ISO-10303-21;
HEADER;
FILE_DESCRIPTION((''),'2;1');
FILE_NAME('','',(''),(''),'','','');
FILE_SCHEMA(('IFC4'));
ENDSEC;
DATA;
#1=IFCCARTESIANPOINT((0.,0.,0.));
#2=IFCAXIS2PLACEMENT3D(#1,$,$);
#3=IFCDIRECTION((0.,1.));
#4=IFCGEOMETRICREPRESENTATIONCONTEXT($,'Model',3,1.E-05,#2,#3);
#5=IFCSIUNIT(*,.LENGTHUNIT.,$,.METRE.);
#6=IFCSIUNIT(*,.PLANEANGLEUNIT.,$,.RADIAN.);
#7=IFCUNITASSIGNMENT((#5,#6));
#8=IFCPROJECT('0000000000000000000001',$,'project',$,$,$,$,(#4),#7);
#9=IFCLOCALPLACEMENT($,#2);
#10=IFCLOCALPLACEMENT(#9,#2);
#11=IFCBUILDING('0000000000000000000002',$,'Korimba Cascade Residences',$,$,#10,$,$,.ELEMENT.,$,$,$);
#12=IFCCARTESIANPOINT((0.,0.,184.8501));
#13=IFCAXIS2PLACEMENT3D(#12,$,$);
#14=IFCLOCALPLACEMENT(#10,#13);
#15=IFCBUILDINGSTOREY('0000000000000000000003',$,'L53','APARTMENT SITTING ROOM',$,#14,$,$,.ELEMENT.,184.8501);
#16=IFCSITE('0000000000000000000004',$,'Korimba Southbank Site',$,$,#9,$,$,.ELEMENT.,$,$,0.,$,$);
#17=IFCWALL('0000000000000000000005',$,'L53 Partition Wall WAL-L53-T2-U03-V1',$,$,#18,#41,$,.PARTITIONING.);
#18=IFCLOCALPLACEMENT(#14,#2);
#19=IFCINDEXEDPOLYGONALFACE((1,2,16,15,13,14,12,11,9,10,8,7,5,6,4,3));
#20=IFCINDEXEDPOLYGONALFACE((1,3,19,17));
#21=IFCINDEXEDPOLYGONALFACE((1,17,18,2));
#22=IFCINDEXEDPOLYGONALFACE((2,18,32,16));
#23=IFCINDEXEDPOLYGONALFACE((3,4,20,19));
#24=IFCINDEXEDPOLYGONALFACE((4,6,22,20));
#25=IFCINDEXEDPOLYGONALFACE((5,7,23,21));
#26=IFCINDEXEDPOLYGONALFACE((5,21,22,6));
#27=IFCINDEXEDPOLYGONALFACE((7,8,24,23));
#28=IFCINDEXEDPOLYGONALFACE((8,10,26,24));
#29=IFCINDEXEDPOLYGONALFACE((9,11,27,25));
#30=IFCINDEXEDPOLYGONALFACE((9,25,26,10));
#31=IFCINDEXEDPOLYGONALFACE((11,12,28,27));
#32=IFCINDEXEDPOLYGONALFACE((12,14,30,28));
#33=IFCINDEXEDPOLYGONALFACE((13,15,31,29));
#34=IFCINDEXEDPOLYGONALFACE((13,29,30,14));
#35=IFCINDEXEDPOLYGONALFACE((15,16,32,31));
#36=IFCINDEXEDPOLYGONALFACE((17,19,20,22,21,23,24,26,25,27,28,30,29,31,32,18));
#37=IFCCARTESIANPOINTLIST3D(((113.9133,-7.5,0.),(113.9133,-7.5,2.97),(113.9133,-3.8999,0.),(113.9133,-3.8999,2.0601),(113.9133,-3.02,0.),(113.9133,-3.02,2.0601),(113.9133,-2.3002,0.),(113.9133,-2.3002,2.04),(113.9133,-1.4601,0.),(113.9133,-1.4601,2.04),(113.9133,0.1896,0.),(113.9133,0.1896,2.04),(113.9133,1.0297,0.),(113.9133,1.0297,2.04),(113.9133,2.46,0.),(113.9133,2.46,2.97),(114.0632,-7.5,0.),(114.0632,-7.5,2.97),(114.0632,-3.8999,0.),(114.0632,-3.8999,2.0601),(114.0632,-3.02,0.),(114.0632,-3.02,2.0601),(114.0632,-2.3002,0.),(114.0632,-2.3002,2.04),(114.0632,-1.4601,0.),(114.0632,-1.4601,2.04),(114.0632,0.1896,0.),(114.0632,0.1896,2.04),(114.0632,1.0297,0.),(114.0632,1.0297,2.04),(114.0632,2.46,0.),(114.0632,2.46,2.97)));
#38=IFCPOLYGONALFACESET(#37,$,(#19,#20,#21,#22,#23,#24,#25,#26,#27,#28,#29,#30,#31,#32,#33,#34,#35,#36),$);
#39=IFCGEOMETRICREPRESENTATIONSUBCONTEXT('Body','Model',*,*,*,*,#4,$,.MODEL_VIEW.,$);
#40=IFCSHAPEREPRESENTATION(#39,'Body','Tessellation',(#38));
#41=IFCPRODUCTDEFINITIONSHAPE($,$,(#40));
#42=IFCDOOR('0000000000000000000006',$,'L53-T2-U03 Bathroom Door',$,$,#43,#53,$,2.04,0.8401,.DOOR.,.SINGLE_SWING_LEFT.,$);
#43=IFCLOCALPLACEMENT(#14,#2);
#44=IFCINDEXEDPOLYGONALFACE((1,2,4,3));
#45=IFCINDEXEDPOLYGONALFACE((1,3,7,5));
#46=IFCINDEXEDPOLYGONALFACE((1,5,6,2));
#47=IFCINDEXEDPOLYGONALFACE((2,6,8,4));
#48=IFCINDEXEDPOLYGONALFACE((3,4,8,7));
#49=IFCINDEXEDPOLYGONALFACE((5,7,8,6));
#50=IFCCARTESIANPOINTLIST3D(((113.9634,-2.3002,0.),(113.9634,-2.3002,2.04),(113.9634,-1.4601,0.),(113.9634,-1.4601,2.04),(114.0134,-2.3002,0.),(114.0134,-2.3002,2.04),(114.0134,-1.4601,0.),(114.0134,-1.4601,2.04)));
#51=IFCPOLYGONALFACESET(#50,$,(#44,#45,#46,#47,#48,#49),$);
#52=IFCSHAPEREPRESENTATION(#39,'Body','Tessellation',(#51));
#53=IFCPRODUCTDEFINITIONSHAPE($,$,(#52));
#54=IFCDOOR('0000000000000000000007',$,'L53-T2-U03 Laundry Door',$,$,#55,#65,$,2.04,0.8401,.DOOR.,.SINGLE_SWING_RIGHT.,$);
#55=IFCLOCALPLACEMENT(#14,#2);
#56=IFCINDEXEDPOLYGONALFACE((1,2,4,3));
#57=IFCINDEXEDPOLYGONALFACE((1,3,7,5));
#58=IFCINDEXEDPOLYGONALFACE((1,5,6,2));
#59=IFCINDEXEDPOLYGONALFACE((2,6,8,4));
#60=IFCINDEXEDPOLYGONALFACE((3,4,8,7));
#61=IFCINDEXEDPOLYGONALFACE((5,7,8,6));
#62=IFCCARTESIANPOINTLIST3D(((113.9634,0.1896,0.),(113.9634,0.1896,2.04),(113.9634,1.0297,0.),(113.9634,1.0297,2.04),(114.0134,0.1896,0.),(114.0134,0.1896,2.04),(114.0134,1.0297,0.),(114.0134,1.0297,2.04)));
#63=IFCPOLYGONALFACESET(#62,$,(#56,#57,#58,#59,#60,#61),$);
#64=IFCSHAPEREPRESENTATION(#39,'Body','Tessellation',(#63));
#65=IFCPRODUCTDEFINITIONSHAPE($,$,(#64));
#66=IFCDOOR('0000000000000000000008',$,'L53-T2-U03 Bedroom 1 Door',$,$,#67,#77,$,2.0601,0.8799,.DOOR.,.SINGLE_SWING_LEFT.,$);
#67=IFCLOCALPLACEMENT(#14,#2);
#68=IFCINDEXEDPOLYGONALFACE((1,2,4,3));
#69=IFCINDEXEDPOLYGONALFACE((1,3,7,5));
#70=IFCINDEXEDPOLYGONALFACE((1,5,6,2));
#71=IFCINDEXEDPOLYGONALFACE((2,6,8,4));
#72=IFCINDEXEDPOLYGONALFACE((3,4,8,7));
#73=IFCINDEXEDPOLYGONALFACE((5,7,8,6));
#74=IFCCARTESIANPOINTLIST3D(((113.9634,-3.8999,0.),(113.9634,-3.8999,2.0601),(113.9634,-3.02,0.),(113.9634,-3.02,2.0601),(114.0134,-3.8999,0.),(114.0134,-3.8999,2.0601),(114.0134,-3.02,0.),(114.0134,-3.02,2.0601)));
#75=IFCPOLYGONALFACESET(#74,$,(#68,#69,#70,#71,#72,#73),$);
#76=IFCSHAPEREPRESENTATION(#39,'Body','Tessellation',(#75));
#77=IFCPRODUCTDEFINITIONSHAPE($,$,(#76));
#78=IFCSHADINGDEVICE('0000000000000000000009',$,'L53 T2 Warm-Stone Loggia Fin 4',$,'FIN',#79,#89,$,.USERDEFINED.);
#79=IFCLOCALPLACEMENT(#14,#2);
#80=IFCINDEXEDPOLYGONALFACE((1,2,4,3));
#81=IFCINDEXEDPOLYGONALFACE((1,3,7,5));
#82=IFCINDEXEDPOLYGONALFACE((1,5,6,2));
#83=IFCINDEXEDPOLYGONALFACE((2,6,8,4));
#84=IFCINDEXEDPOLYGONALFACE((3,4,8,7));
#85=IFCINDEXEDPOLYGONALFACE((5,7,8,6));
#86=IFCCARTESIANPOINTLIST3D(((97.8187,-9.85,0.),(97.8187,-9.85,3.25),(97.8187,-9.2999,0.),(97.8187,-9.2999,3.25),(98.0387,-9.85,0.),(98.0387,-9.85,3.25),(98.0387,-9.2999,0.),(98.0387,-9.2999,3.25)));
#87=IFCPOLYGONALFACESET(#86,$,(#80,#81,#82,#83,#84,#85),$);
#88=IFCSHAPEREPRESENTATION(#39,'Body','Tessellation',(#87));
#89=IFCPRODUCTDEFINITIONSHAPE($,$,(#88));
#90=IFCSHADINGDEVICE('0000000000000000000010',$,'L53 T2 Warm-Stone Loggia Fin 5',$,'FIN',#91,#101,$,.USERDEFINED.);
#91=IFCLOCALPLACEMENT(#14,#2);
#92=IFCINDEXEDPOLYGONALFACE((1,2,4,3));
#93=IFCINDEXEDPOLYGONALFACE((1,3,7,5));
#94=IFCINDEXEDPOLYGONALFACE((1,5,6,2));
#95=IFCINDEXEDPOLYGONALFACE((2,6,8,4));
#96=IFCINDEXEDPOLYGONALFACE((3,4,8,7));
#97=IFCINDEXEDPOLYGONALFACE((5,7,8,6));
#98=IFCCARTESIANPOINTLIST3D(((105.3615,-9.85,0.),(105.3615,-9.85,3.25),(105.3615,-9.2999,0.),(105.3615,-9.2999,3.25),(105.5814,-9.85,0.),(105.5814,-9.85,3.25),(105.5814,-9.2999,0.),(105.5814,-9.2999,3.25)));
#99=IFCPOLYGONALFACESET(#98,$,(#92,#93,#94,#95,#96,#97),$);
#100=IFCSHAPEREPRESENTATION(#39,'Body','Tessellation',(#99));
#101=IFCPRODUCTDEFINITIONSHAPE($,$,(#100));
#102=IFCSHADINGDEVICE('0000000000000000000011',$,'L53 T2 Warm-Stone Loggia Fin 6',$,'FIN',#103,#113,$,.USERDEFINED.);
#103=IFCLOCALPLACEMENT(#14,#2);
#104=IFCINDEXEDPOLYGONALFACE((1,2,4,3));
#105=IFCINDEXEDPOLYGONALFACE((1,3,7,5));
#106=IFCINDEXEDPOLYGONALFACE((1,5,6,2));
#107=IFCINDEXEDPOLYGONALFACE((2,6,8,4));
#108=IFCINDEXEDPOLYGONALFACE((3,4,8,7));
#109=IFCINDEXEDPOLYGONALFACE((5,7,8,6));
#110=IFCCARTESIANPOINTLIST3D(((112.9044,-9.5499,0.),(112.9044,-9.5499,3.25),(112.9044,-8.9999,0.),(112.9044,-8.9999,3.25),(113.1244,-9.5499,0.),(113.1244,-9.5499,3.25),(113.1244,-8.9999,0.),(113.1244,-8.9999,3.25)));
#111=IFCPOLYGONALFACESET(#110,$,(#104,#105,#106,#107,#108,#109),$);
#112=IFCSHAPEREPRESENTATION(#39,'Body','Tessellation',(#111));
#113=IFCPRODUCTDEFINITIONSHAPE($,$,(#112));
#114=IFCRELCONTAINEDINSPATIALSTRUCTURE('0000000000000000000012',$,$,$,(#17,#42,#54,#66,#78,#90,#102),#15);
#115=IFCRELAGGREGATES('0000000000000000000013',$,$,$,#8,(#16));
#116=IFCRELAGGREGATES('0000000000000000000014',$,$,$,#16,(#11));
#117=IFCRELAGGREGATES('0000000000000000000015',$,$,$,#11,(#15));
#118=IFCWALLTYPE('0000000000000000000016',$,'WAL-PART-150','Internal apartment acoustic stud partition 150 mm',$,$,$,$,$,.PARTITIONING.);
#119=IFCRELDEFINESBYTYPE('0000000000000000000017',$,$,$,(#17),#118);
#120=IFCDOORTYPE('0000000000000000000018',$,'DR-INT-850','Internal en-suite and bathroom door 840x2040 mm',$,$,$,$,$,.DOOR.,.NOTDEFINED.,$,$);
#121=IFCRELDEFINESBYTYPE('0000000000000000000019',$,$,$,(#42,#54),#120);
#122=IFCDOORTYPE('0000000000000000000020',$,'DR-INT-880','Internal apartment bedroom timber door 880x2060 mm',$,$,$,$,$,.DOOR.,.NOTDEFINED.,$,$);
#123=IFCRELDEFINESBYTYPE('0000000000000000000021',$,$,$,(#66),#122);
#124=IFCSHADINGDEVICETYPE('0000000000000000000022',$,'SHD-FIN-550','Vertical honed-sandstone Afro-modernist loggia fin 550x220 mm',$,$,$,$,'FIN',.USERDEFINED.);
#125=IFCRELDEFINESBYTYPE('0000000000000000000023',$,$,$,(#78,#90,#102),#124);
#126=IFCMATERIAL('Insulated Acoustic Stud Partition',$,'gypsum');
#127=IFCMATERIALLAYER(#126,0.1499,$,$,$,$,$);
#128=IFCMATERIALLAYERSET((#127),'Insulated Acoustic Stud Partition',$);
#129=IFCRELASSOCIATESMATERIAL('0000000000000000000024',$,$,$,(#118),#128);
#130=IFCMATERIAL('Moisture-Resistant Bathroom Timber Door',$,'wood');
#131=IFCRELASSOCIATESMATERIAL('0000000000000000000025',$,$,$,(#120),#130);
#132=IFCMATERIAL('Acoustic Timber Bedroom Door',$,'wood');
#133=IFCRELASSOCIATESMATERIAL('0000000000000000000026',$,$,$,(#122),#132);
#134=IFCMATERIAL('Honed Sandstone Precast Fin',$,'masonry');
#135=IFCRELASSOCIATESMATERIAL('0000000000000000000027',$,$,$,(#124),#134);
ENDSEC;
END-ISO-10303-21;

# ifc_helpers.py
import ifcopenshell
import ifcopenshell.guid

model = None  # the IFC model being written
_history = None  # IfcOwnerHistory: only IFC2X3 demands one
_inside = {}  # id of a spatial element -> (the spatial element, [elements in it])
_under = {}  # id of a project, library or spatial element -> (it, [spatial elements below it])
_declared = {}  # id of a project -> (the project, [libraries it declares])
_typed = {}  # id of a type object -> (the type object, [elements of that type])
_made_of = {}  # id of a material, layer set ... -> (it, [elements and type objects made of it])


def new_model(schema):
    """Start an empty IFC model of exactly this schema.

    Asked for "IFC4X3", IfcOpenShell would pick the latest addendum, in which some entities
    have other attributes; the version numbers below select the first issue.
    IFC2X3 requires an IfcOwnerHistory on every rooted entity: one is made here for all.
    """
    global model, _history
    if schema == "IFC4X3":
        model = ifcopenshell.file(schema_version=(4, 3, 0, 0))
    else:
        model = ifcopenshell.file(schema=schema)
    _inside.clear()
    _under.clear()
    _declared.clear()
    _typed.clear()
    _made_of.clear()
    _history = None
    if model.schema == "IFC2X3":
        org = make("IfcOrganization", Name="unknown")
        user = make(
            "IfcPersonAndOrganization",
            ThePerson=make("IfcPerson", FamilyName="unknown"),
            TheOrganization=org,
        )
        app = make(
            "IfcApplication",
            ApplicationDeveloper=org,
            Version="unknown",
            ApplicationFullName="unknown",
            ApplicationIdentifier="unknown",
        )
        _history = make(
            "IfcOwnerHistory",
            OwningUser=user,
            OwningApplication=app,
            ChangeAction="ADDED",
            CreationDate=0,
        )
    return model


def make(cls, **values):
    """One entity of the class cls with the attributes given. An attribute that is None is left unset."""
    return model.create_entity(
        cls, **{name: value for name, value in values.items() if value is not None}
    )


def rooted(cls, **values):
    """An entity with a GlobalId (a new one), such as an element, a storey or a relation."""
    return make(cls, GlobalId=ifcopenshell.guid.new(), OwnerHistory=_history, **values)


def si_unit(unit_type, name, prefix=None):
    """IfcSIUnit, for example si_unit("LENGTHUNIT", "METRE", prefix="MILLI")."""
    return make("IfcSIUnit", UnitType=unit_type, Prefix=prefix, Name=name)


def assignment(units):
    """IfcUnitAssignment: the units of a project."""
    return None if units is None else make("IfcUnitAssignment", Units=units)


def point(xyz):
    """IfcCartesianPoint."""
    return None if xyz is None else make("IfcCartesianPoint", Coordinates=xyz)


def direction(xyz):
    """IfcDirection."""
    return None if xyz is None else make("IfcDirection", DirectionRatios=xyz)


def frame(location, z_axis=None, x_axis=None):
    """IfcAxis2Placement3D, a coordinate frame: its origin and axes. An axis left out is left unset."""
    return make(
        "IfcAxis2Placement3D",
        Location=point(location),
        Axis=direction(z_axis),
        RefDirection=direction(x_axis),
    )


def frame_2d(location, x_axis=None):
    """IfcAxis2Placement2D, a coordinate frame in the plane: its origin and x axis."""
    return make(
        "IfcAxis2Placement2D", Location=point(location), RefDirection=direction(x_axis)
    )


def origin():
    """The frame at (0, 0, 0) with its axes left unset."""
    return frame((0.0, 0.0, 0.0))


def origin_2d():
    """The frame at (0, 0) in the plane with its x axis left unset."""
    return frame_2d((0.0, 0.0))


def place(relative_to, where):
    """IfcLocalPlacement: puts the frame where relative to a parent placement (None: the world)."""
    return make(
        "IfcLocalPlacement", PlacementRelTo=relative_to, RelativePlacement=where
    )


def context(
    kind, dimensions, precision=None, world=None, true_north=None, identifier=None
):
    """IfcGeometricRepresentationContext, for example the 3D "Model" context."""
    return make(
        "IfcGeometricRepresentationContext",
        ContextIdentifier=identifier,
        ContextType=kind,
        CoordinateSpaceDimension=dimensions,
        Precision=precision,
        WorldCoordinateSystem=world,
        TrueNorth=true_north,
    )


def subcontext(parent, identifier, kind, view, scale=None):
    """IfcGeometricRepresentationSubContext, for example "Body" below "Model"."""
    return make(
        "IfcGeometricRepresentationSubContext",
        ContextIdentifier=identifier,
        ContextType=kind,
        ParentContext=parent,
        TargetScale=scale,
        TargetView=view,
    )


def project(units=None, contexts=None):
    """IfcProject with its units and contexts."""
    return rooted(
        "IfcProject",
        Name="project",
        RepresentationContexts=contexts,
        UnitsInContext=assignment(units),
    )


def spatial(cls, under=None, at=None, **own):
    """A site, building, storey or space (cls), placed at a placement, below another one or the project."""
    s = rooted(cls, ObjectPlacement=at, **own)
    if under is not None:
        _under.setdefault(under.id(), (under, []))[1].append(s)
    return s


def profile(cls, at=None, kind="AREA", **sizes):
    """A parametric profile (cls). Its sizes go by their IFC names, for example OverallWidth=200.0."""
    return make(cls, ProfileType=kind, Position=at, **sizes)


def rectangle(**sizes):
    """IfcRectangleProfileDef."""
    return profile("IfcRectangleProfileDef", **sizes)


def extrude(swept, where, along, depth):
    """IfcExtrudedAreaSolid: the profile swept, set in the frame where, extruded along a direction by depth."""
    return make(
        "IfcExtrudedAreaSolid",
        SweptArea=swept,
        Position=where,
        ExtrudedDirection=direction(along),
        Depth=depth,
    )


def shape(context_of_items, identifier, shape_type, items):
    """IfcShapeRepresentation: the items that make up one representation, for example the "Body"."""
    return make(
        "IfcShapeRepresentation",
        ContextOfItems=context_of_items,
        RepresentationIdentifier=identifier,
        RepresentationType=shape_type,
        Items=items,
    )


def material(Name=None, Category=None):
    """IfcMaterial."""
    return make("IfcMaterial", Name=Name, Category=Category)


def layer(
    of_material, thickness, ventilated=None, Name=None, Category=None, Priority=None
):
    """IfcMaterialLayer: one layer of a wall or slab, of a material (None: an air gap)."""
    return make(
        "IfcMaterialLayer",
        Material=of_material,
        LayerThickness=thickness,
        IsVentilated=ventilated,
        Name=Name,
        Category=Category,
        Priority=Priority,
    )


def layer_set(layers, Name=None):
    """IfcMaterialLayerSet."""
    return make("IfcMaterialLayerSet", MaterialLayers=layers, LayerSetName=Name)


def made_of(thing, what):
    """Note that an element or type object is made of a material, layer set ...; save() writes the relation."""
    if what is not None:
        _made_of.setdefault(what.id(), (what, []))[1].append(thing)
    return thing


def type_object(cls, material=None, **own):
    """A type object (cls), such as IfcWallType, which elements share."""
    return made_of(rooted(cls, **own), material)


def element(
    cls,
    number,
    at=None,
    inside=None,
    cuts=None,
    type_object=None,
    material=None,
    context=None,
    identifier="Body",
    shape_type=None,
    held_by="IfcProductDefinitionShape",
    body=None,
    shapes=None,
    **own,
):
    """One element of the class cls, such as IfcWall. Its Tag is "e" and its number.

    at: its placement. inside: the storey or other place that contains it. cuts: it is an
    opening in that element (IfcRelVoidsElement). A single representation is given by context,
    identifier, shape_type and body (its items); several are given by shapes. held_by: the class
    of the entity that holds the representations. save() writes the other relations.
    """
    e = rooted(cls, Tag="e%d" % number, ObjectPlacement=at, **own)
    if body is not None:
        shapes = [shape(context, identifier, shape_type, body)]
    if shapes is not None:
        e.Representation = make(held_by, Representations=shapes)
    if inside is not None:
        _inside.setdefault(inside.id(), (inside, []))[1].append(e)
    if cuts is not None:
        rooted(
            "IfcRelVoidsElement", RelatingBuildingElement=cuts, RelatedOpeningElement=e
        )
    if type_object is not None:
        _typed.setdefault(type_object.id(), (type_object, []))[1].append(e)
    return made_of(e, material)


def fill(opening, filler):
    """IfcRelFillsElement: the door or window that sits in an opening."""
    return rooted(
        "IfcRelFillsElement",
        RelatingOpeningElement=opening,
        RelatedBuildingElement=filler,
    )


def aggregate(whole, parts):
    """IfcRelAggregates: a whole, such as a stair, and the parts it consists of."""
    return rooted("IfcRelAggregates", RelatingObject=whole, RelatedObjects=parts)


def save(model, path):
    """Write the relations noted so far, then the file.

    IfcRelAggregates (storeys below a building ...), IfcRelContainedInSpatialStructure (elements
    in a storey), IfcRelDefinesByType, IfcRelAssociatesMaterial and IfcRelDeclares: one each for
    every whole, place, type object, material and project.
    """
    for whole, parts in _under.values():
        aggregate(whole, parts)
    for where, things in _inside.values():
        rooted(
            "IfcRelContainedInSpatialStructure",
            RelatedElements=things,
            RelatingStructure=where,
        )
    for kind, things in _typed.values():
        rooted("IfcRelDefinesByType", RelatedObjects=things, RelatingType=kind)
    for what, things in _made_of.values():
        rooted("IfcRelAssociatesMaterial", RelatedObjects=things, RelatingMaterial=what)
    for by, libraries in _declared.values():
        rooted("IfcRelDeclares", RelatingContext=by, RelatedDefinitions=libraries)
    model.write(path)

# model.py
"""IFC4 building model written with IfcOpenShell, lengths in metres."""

from ifc_helpers import new_model, si_unit, direction, frame, frame_2d, origin, origin_2d, place, context, subcontext, project, spatial, rectangle, extrude, material, layer, layer_set, type_object, element, fill, save


model = new_model("IFC4")

# Units and contexts
model_context = context("Model", 3, precision=1e-05, world=origin(), true_north=direction((0.0, 1.0)))
body_context = subcontext(model_context, "Body", "Model", "MODEL_VIEW")
ifc_project = project(units=[si_unit("LENGTHUNIT", "METRE"), si_unit("PLANEANGLEUNIT", "RADIAN")], contexts=[model_context])

# Site, building, storey
site_placement = place(None, origin())
site = spatial("IfcSite", under=ifc_project, at=site_placement, Name="Korimba Southbank Site", CompositionType="ELEMENT", RefElevation=0.0)
building_placement = place(site_placement, origin())
building = spatial("IfcBuilding", under=site, at=building_placement, Name="Korimba Cascade Residences", CompositionType="ELEMENT")
storey_placement = place(building_placement, frame((0.0, 0.0, 184.8501)))
storey = spatial("IfcBuildingStorey", under=building, at=storey_placement, Name="L53", Description="APARTMENT SITTING ROOM", CompositionType="ELEMENT", Elevation=184.8501)

# Wall, openings, doors
ifc_material_1 = material(Name="Insulated Acoustic Stud Partition", Category="gypsum")
ifc_layer_1 = layer(ifc_material_1, 0.1499)
ifc_layer_set_1 = layer_set([ifc_layer_1], Name="Insulated Acoustic Stud Partition")
wall_type_1 = type_object("IfcWallType", Name="WAL-PART-150", Description="Internal apartment acoustic stud partition 150 mm", PredefinedType="PARTITIONING", material=ifc_layer_set_1)
wall_1_placement = place(storey_placement, frame((113.9883, -7.5, 0.0), z_axis=(0.0, 0.0, 1.0), x_axis=(0.0, 1.0, 0.0)))
wall_1 = element("IfcWall", 1, at=wall_1_placement, inside=storey, type_object=wall_type_1, Name="L53 Partition Wall WAL-L53-T2-U03-V1", PredefinedType="PARTITIONING", context=body_context, shape_type="SweptSolid", body=[
    extrude(rectangle(XDim=9.96, YDim=0.1499, at=frame_2d((4.98, 0.0))), origin(), (0.0, 0.0, 1.0), 2.97),
])
opening_1_placement = place(wall_1_placement, frame((5.2, 0.0, 0.0)))
opening_1 = element("IfcOpeningElement", 2, at=opening_1_placement, cuts=wall_1, PredefinedType="OPENING", context=body_context, shape_type="SweptSolid", body=[
    extrude(rectangle(XDim=0.8401, YDim=2.04, at=frame_2d((0.4199, 1.02))), frame((0.0, 0.085, 0.0), z_axis=(0.0, -1.0, 0.0), x_axis=(1.0, 0.0, 0.0)), (0.0, 0.0, 1.0), 0.1699),
])
opening_2_placement = place(wall_1_placement, frame((7.6897, 0.0, 0.0)))
opening_2 = element("IfcOpeningElement", 3, at=opening_2_placement, cuts=wall_1, PredefinedType="OPENING", context=body_context, shape_type="SweptSolid", body=[
    extrude(rectangle(XDim=0.8401, YDim=2.04, at=frame_2d((0.4199, 1.02))), frame((0.0, 0.085, 0.0), z_axis=(0.0, -1.0, 0.0), x_axis=(1.0, 0.0, 0.0)), (0.0, 0.0, 1.0), 0.1699),
])
opening_3_placement = place(wall_1_placement, frame((3.6001, 0.0, 0.0)))
opening_3 = element("IfcOpeningElement", 4, at=opening_3_placement, cuts=wall_1, PredefinedType="OPENING", context=body_context, shape_type="SweptSolid", body=[
    extrude(rectangle(XDim=0.8799, YDim=2.0601, at=frame_2d((0.4399, 1.03))), frame((0.0, 0.085, 0.0), z_axis=(0.0, -1.0, 0.0), x_axis=(1.0, 0.0, 0.0)), (0.0, 0.0, 1.0), 0.1699),
])
ifc_material_2 = material(Name="Moisture-Resistant Bathroom Timber Door", Category="wood")
door_type_1 = type_object("IfcDoorType", Name="DR-INT-850", Description="Internal en-suite and bathroom door 840x2040 mm", OperationType="NOTDEFINED", PredefinedType="DOOR", material=ifc_material_2)
door_1_placement = place(opening_1_placement, origin())
door_1 = element("IfcDoor", 5, at=door_1_placement, inside=storey, type_object=door_type_1, Name="L53-T2-U03 Bathroom Door", OperationType="SINGLE_SWING_LEFT", OverallHeight=2.04, OverallWidth=0.8401, PredefinedType="DOOR", context=body_context, shape_type="SweptSolid", body=[
    extrude(rectangle(XDim=0.8401, YDim=2.04, at=frame_2d((0.4199, 1.02))), frame((0.0, 0.0249, 0.0), z_axis=(0.0, -1.0, 0.0), x_axis=(1.0, 0.0, 0.0)), (0.0, 0.0, 1.0), 0.05),
])
fill(opening_1, door_1)
door_2_placement = place(opening_2_placement, origin())
door_2 = element("IfcDoor", 6, at=door_2_placement, inside=storey, type_object=door_type_1, Name="L53-T2-U03 Laundry Door", OperationType="SINGLE_SWING_RIGHT", OverallHeight=2.04, OverallWidth=0.8401, PredefinedType="DOOR", context=body_context, shape_type="SweptSolid", body=[
    extrude(rectangle(XDim=0.8401, YDim=2.04, at=frame_2d((0.4199, 1.02))), frame((0.0, 0.0249, 0.0), z_axis=(0.0, -1.0, 0.0), x_axis=(1.0, 0.0, 0.0)), (0.0, 0.0, 1.0), 0.05),
])
fill(opening_2, door_2)
ifc_material_3 = material(Name="Acoustic Timber Bedroom Door", Category="wood")
door_type_2 = type_object("IfcDoorType", Name="DR-INT-880", Description="Internal apartment bedroom timber door 880x2060 mm", OperationType="NOTDEFINED", PredefinedType="DOOR", material=ifc_material_3)
door_3_placement = place(opening_3_placement, origin())
door_3 = element("IfcDoor", 7, at=door_3_placement, inside=storey, type_object=door_type_2, Name="L53-T2-U03 Bedroom 1 Door", OperationType="SINGLE_SWING_LEFT", OverallHeight=2.0601, OverallWidth=0.8799, PredefinedType="DOOR", context=body_context, shape_type="SweptSolid", body=[
    extrude(rectangle(XDim=0.8799, YDim=2.0601, at=frame_2d((0.4399, 1.03))), frame((0.0, 0.0249, 0.0), z_axis=(0.0, -1.0, 0.0), x_axis=(1.0, 0.0, 0.0)), (0.0, 0.0, 1.0), 0.05),
])
fill(opening_3, door_3)

# Shading devices
ifc_material_4 = material(Name="Honed Sandstone Precast Fin", Category="masonry")
shading_device_type = type_object("IfcShadingDeviceType", Name="SHD-FIN-550", Description="Vertical honed-sandstone Afro-modernist loggia fin 550x220 mm", ElementType="FIN", PredefinedType="USERDEFINED", material=ifc_material_4)
for number, where, z_axis, x_axis, name in (
    (8, (97.9287, -9.575, 0.0), (0.0, 0.0, 1.0), (1.0, 0.0, 0.0), "L53 T2 Warm-Stone Loggia Fin 4"),
    (9, (105.4714, -9.575, 0.0), (0.0, 0.0, 1.0), (1.0, 0.0, 0.0), "L53 T2 Warm-Stone Loggia Fin 5"),
    (10, (113.0144, -9.2749, 0.0), (0.0, 0.0, 1.0), (1.0, 0.0, 0.0), "L53 T2 Warm-Stone Loggia Fin 6"),
):
    element("IfcShadingDevice", number, at=place(storey_placement, frame(where, z_axis=z_axis, x_axis=x_axis)), inside=storey, type_object=shading_device_type, Name=name, ObjectType="FIN", PredefinedType="USERDEFINED", context=body_context, shape_type="SweptSolid", body=[
        extrude(rectangle(XDim=0.22, YDim=0.55, at=origin_2d()), origin(), (0.0, 0.0, 1.0), 3.25),
    ])

save(model, "model.ifc")
